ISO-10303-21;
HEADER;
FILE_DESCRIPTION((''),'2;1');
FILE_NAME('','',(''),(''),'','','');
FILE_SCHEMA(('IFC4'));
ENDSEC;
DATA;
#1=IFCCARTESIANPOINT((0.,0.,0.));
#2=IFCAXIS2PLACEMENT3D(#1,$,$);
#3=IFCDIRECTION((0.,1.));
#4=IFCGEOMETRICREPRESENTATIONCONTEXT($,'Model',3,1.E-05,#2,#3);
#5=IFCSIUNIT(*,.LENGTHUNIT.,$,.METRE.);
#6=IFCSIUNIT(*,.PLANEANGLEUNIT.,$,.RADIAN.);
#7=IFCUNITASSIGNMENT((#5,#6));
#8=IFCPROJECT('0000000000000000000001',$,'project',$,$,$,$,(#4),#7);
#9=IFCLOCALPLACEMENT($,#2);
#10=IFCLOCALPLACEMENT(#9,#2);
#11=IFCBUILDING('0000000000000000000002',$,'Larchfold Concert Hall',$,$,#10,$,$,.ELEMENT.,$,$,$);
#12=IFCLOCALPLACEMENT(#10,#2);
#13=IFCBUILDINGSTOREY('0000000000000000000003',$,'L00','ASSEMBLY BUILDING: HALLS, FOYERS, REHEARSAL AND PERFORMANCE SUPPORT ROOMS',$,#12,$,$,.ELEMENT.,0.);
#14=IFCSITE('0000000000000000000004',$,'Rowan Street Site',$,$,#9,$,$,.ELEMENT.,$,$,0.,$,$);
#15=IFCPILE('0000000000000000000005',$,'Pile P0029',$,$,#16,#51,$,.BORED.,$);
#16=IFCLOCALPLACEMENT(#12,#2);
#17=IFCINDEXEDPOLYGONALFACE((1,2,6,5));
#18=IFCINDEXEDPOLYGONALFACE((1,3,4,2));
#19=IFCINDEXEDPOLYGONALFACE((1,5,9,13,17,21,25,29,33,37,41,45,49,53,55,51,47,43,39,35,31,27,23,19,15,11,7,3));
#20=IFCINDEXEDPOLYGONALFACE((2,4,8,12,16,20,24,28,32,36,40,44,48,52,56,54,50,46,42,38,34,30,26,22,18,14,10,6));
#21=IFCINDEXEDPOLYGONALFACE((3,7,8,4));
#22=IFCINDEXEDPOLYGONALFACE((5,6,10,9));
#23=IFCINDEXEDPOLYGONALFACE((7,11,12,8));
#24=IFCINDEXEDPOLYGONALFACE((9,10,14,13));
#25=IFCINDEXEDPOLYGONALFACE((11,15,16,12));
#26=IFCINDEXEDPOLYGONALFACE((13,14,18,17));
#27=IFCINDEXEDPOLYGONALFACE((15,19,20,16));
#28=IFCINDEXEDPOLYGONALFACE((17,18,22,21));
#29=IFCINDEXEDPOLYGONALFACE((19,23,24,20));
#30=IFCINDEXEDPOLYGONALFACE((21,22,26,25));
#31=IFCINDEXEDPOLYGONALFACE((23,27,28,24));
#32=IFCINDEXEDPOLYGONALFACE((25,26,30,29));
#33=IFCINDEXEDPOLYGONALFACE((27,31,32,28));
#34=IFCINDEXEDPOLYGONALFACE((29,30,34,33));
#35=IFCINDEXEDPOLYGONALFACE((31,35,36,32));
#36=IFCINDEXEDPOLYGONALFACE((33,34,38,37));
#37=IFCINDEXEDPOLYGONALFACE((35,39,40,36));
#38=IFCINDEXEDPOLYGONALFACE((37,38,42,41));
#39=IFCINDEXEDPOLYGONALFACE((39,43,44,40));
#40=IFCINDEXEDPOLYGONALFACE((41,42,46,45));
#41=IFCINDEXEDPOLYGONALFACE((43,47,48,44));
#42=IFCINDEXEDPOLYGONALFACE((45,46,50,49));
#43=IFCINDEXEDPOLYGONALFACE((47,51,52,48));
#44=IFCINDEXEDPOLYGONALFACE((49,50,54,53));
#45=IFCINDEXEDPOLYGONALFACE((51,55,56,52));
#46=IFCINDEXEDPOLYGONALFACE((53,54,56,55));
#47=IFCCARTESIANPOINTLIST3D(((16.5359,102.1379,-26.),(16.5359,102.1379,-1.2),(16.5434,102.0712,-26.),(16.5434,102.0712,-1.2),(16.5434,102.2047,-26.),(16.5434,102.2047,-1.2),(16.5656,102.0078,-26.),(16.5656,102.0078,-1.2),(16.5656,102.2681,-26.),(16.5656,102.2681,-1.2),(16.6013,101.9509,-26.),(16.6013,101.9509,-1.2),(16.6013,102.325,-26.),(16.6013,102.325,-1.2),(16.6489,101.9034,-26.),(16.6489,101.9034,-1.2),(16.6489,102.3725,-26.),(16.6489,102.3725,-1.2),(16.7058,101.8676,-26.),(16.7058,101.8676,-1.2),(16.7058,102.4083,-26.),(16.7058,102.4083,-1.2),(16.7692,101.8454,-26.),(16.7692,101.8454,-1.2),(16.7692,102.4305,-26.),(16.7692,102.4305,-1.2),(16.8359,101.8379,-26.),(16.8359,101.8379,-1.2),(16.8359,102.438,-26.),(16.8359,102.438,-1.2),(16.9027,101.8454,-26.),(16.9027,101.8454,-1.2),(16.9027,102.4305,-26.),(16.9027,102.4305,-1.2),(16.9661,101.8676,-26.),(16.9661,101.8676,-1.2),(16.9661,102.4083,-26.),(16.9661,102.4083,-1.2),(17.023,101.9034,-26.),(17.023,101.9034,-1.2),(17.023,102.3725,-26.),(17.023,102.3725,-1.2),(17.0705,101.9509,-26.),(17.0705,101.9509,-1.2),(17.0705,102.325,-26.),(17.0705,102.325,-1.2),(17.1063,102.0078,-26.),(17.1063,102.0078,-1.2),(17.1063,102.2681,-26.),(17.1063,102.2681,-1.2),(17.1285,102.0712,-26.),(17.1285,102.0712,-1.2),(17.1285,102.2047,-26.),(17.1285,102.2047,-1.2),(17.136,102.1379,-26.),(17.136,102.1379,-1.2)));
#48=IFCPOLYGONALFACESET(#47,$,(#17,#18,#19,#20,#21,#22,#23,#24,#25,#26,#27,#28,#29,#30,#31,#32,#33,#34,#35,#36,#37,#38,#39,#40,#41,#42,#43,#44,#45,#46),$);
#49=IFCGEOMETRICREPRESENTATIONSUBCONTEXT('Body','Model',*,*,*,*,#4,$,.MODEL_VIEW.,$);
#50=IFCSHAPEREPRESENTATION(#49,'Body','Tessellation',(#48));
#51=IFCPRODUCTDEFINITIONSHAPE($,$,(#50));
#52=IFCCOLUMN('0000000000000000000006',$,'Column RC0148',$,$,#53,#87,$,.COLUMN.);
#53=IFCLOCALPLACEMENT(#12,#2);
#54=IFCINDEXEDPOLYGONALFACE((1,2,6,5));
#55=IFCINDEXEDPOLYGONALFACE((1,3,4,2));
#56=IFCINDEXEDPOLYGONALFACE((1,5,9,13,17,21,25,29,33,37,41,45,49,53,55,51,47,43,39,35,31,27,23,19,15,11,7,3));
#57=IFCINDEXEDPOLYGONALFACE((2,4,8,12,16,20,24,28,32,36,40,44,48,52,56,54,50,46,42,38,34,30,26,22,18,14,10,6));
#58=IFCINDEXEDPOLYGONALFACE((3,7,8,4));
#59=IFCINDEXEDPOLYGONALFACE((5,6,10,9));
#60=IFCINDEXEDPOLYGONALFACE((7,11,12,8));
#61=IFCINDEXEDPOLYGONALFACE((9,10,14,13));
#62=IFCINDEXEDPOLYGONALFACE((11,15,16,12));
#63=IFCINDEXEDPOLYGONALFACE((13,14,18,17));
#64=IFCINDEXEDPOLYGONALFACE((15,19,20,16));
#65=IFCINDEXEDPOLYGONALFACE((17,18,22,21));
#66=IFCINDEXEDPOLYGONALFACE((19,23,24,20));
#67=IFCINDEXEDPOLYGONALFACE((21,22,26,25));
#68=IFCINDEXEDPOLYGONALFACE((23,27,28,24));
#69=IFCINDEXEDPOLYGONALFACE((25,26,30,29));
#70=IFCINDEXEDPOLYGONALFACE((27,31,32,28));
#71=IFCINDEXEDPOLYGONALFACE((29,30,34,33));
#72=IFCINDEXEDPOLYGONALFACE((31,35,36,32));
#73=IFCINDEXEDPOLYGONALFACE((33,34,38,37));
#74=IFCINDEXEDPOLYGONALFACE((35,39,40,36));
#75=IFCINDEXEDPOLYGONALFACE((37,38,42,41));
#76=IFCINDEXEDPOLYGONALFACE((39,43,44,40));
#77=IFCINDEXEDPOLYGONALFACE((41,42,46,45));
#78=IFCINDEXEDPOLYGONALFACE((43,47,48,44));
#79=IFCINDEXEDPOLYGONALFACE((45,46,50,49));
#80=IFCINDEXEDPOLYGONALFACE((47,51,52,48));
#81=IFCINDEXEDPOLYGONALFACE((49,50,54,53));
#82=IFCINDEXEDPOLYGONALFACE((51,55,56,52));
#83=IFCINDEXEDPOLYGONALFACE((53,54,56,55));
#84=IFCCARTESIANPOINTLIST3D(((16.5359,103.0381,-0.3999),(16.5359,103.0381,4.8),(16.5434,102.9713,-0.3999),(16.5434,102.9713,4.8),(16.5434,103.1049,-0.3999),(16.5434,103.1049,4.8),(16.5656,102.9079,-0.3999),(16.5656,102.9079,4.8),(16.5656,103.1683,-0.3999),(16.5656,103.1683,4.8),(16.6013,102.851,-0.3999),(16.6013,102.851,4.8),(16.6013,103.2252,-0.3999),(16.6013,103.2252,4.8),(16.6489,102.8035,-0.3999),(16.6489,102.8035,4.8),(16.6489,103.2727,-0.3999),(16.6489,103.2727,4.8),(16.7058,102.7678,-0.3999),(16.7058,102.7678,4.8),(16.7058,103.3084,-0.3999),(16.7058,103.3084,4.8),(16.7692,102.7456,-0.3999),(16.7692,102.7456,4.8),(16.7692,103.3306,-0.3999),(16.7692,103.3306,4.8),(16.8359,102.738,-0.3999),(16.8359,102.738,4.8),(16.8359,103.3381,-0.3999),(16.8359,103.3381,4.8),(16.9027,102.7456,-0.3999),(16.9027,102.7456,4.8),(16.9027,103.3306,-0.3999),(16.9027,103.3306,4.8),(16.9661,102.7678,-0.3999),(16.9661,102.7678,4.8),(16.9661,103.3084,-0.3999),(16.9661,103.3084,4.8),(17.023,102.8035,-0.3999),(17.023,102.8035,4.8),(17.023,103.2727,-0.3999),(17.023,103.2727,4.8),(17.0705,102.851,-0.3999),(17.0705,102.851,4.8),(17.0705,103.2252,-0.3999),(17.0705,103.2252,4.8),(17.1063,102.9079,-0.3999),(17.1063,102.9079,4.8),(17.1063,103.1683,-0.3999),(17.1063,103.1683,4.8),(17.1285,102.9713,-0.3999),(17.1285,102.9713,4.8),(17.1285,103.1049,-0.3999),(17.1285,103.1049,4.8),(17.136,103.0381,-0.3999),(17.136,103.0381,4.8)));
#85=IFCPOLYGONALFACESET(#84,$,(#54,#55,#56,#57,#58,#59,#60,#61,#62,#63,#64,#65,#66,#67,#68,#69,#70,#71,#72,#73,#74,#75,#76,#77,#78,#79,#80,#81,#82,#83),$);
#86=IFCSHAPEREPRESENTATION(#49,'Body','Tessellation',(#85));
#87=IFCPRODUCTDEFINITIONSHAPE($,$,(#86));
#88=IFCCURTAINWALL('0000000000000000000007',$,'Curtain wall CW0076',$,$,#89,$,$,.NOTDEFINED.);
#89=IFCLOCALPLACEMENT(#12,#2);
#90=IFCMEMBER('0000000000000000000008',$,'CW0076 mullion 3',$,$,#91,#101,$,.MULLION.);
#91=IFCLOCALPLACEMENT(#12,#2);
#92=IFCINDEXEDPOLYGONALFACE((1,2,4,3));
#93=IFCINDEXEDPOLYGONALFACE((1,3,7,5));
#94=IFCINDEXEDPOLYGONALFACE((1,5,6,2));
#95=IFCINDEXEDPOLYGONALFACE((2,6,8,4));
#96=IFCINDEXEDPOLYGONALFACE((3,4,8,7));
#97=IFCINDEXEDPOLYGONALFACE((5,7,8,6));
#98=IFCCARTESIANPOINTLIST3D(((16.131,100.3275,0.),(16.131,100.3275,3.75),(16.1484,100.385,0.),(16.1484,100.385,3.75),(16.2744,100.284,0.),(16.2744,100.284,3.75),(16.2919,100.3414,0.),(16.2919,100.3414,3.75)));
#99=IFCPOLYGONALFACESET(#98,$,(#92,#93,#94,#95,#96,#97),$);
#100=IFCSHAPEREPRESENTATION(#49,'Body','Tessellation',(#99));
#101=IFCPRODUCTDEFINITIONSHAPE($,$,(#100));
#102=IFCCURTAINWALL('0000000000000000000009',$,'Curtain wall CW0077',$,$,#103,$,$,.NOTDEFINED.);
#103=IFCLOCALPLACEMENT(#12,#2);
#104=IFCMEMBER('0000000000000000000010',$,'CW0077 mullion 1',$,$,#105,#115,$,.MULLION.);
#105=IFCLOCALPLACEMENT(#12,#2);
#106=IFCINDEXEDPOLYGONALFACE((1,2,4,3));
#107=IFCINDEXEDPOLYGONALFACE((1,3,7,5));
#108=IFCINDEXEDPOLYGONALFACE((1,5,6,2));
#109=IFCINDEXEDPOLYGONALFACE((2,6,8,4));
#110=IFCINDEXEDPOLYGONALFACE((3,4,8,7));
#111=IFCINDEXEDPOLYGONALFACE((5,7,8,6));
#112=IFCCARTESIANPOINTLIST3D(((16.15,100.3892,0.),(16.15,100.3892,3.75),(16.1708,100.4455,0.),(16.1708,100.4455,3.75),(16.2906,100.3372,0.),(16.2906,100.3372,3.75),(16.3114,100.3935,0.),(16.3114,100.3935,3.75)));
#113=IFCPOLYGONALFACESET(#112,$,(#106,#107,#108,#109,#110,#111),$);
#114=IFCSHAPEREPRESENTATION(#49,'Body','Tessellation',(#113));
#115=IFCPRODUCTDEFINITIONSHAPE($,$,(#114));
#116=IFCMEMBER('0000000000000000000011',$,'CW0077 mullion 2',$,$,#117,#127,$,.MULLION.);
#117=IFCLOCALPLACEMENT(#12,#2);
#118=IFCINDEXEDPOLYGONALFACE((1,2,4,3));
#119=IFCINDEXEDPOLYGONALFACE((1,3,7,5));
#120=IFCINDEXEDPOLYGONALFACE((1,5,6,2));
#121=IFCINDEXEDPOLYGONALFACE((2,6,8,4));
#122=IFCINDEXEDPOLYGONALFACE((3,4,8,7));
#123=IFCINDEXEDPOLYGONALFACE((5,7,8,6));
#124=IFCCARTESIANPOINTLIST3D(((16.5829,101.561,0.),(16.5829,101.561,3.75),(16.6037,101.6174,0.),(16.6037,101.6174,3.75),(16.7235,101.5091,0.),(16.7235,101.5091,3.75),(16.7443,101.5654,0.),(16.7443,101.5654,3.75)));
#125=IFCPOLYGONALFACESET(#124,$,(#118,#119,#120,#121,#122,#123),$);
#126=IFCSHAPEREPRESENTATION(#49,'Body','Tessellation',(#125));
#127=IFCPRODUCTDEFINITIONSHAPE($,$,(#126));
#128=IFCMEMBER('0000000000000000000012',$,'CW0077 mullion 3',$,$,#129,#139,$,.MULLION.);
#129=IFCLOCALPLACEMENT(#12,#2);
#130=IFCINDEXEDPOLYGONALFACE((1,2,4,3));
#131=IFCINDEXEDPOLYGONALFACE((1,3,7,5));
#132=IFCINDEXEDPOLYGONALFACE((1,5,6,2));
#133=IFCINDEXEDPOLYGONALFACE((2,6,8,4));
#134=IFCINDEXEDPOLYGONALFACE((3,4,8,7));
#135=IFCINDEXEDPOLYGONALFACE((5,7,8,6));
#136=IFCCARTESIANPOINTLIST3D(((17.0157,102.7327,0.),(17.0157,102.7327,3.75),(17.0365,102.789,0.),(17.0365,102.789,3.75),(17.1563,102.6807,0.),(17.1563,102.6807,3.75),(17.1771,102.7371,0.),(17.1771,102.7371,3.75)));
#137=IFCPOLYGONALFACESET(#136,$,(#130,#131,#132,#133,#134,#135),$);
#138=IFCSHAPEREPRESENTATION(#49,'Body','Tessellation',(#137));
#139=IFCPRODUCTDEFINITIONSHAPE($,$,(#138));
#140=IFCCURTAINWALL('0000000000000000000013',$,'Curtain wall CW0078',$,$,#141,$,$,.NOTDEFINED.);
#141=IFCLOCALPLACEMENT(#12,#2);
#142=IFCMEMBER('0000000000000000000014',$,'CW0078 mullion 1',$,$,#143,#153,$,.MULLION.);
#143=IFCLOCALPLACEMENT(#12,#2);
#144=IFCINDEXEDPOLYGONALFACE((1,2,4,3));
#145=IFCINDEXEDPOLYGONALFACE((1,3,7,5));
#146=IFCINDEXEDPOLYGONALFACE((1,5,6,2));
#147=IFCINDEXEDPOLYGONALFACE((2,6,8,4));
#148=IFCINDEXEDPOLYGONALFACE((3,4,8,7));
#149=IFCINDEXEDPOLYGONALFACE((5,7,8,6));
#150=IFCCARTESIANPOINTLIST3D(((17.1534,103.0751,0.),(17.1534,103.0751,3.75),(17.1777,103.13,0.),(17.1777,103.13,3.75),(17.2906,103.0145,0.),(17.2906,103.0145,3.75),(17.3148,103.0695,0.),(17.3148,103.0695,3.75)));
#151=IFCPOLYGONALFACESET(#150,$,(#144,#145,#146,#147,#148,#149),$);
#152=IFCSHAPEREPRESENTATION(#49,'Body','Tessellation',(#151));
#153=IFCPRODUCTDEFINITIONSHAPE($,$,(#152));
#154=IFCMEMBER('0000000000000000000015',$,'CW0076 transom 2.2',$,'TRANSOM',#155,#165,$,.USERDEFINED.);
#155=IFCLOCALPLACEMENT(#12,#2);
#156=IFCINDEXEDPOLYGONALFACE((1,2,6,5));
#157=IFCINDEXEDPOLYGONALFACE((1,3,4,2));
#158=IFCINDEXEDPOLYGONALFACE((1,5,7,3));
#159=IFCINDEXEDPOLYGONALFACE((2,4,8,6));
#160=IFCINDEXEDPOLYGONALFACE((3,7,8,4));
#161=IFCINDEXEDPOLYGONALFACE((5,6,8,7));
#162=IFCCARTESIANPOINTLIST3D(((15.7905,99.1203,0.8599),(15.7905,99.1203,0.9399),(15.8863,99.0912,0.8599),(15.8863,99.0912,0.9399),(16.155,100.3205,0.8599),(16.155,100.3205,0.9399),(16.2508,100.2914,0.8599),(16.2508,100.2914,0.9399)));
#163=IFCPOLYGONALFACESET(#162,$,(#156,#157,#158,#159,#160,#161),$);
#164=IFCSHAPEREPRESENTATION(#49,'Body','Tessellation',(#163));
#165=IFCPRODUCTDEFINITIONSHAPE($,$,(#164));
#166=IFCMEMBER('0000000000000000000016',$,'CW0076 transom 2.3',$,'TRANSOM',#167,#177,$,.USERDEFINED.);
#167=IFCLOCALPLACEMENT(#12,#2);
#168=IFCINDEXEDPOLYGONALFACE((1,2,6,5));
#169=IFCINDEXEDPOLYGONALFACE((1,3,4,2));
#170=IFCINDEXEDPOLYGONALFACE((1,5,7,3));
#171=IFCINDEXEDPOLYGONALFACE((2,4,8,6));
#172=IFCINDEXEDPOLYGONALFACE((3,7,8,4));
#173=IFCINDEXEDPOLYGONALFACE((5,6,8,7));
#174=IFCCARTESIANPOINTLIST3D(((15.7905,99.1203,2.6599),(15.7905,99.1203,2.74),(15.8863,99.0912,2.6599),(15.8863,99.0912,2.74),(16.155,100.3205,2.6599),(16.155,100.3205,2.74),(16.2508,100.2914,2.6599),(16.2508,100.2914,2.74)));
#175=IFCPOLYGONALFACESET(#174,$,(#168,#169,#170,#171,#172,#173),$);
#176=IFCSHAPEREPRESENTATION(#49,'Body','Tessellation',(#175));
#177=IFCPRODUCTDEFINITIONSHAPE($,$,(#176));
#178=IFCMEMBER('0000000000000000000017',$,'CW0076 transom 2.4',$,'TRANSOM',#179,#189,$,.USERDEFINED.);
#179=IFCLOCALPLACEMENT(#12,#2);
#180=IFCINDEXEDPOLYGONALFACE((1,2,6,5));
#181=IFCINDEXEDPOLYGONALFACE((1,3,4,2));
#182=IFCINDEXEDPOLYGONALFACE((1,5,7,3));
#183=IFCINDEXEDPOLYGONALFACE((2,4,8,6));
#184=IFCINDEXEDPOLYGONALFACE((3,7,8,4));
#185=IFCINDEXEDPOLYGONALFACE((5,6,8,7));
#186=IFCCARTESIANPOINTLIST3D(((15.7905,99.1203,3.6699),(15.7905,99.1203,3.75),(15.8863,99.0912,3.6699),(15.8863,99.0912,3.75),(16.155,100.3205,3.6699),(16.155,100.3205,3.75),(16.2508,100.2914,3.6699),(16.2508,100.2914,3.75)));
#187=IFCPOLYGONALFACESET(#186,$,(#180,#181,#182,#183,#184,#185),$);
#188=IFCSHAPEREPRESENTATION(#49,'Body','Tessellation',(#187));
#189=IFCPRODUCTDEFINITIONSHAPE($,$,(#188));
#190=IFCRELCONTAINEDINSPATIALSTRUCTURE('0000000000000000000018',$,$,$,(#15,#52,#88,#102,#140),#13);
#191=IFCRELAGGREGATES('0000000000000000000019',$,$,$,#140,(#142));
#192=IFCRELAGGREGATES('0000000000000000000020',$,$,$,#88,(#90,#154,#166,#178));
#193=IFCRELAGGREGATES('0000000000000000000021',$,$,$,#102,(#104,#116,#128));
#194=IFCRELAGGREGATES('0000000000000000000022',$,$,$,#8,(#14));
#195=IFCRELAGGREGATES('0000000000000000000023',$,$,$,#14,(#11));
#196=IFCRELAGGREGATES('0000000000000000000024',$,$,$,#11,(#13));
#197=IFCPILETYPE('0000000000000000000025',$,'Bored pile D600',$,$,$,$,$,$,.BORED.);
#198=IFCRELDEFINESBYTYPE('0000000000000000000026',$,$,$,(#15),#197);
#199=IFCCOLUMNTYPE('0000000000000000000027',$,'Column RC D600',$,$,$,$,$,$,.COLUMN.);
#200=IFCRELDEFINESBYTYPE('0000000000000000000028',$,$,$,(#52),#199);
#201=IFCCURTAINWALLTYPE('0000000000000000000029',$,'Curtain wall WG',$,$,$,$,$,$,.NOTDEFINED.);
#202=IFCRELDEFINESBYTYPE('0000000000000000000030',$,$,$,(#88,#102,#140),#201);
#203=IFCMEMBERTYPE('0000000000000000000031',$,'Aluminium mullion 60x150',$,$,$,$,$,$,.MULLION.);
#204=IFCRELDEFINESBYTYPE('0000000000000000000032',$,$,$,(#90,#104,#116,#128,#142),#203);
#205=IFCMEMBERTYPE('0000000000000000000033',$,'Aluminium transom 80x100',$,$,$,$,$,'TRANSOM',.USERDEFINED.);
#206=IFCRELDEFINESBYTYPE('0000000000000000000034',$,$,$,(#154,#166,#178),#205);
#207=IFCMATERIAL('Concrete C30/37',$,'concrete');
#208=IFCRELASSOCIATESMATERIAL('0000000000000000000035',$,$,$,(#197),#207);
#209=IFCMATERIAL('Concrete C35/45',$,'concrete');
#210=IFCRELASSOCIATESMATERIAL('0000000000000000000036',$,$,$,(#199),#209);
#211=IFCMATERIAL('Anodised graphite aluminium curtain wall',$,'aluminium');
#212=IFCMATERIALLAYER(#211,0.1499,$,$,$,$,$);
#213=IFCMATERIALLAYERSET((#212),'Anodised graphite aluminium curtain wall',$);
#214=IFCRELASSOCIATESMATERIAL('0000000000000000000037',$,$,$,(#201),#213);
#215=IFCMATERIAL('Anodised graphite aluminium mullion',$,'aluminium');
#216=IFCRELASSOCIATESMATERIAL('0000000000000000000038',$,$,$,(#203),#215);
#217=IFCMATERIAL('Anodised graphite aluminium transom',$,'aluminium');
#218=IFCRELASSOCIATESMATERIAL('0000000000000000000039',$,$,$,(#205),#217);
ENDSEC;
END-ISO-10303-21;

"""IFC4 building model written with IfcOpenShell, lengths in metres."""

from ifc_helpers import new_model, si_unit, direction, frame, origin, origin_2d, place, context, subcontext, project, spatial, rectangle, circle, extrude, material, layer, layer_set, material_profile, profile_set, type_object, element, aggregate, save


model = new_model("IFC4")

# Units and contexts
model_context = context("Model", 3, precision=1e-05, world=origin(), true_north=direction((0.0, 1.0)))
body_context = subcontext(model_context, "Body", "Model", "MODEL_VIEW")
ifc_project = project(units=[si_unit("LENGTHUNIT", "METRE"), si_unit("PLANEANGLEUNIT", "RADIAN")], contexts=[model_context])

# Site, building, storey
site_placement = place(None, origin())
site = spatial("IfcSite", under=ifc_project, at=site_placement, Name="Rowan Street Site", CompositionType="ELEMENT", RefElevation=0.0)
building_placement = place(site_placement, origin())
building = spatial("IfcBuilding", under=site, at=building_placement, Name="Larchfold Concert Hall", CompositionType="ELEMENT")
storey_placement = place(building_placement, origin())
storey = spatial("IfcBuildingStorey", under=building, at=storey_placement, Name="L00", Description="ASSEMBLY BUILDING: HALLS, FOYERS, REHEARSAL AND PERFORMANCE SUPPORT ROOMS", CompositionType="ELEMENT", Elevation=0.0)

# Pile
ifc_material_1 = material(Name="Concrete C30/37", Category="concrete")
ifc_material_profile_1 = material_profile(ifc_material_1, circle(Radius=0.3, at=origin_2d()))
ifc_profile_set_1 = profile_set([ifc_material_profile_1], Name="Concrete C30/37")
pile_type = type_object("IfcPileType", Name="Bored pile D600", PredefinedType="BORED", material=ifc_profile_set_1)
pile_placement = place(storey_placement, frame((16.8359, 102.1379, -1.2), z_axis=(0.0, 0.0, -1.0), x_axis=(1.0, 0.0, 0.0)))
element("IfcPile", 1, at=pile_placement, inside=storey, type_object=pile_type, Name="Pile P0029", PredefinedType="BORED", context=body_context, shape_type="SweptSolid", body=[
    extrude(circle(Radius=0.3, at=origin_2d()), origin(), (0.0, 0.0, 1.0), 24.8),
])

# Column
ifc_material_2 = material(Name="Concrete C35/45", Category="concrete")
ifc_material_profile_2 = material_profile(ifc_material_2, circle(Radius=0.3, at=origin_2d()))
ifc_profile_set_2 = profile_set([ifc_material_profile_2], Name="Concrete C35/45")
column_type = type_object("IfcColumnType", Name="Column RC D600", PredefinedType="COLUMN", material=ifc_profile_set_2)
column_placement = place(storey_placement, frame((16.8359, 103.0381, -0.3999), z_axis=(0.0, 0.0, 1.0), x_axis=(1.0, 0.0, 0.0)))
element("IfcColumn", 2, at=column_placement, inside=storey, type_object=column_type, Name="Column RC0148", PredefinedType="COLUMN", context=body_context, shape_type="SweptSolid", body=[
    extrude(circle(Radius=0.3, at=origin_2d()), origin(), (0.0, 0.0, 1.0), 5.2),
])

# Curtain wall, member
ifc_material_3 = material(Name="Anodised graphite aluminium curtain wall", Category="aluminium")
ifc_layer_1 = layer(ifc_material_3, 0.1499)
ifc_layer_set_1 = layer_set([ifc_layer_1], Name="Anodised graphite aluminium curtain wall")
curtain_wall_type = type_object("IfcCurtainWallType", Name="Curtain wall WG", PredefinedType="NOTDEFINED", material=ifc_layer_set_1)
curtain_wall_1_placement = place(storey_placement, origin())
curtain_wall_1 = element("IfcCurtainWall", 3, at=curtain_wall_1_placement, inside=storey, type_object=curtain_wall_type, Name="Curtain wall CW0076", PredefinedType="NOTDEFINED")
ifc_material_4 = material(Name="Anodised graphite aluminium mullion", Category="aluminium")
ifc_material_profile_3 = material_profile(ifc_material_4, rectangle(XDim=0.1499, YDim=0.0601, at=origin_2d()))
ifc_profile_set_3 = profile_set([ifc_material_profile_3], Name="Anodised graphite aluminium mullion")
member_type_1 = type_object("IfcMemberType", Name="Aluminium mullion 60x150", PredefinedType="MULLION", material=ifc_profile_set_3)
member_1_placement = place(storey_placement, frame((16.2114, 100.3345, 0.0), z_axis=(0.0, 0.0, 1.0), x_axis=(-0.956856, 0.290562, 0.0)))
member_1 = element("IfcMember", 4, at=member_1_placement, type_object=member_type_1, Name="CW0076 mullion 3", PredefinedType="MULLION", context=body_context, shape_type="SweptSolid", body=[
    extrude(rectangle(XDim=0.1499, YDim=0.0601, at=origin_2d()), origin(), (0.0, 0.0, 1.0), 3.75),
])

# Curtain wall, members
curtain_wall_2_placement = place(storey_placement, origin())
curtain_wall_2 = element("IfcCurtainWall", 5, at=curtain_wall_2_placement, inside=storey, type_object=curtain_wall_type, Name="Curtain wall CW0077", PredefinedType="NOTDEFINED")
member_2_placement = place(storey_placement, frame((16.2307, 100.3914, 0.0), z_axis=(0.0, 0.0, 1.0), x_axis=(-0.938009, 0.346612, 0.0)))
member_2 = element("IfcMember", 6, at=member_2_placement, type_object=member_type_1, Name="CW0077 mullion 1", PredefinedType="MULLION", context=body_context, shape_type="SweptSolid", body=[
    extrude(rectangle(XDim=0.1499, YDim=0.0601, at=origin_2d()), origin(), (0.0, 0.0, 1.0), 3.75),
])
member_3_placement = place(storey_placement, frame((16.6636, 101.5632, 0.0), z_axis=(0.0, 0.0, 1.0), x_axis=(-0.938009, 0.346612, 0.0)))
member_3 = element("IfcMember", 7, at=member_3_placement, type_object=member_type_1, Name="CW0077 mullion 2", PredefinedType="MULLION", context=body_context, shape_type="SweptSolid", body=[
    extrude(rectangle(XDim=0.1499, YDim=0.0601, at=origin_2d()), origin(), (0.0, 0.0, 1.0), 3.75),
])
member_4_placement = place(storey_placement, frame((17.0964, 102.7349, 0.0), z_axis=(0.0, 0.0, 1.0), x_axis=(-0.938009, 0.346612, 0.0)))
member_4 = element("IfcMember", 8, at=member_4_placement, type_object=member_type_1, Name="CW0077 mullion 3", PredefinedType="MULLION", context=body_context, shape_type="SweptSolid", body=[
    extrude(rectangle(XDim=0.1499, YDim=0.0601, at=origin_2d()), origin(), (0.0, 0.0, 1.0), 3.75),
])

# Curtain wall, member
curtain_wall_3_placement = place(storey_placement, origin())
curtain_wall_3 = element("IfcCurtainWall", 9, at=curtain_wall_3_placement, inside=storey, type_object=curtain_wall_type, Name="Curtain wall CW0078", PredefinedType="NOTDEFINED")
member_5_placement = place(storey_placement, frame((17.2341, 103.0723, 0.0), z_axis=(0.0, 0.0, 1.0), x_axis=(-0.914744, 0.404034, 0.0)))
member_5 = element("IfcMember", 10, at=member_5_placement, type_object=member_type_1, Name="CW0078 mullion 1", PredefinedType="MULLION", context=body_context, shape_type="SweptSolid", body=[
    extrude(rectangle(XDim=0.1499, YDim=0.0601, at=origin_2d()), origin(), (0.0, 0.0, 1.0), 3.75),
])

# Members
ifc_material_5 = material(Name="Anodised graphite aluminium transom", Category="aluminium")
ifc_material_profile_4 = material_profile(ifc_material_5, rectangle(XDim=0.1001, YDim=0.0801, at=origin_2d()))
ifc_profile_set_4 = profile_set([ifc_material_profile_4], Name="Anodised graphite aluminium transom")
member_type_2 = type_object("IfcMemberType", Name="Aluminium transom 80x100", ElementType="TRANSOM", PredefinedType="USERDEFINED", material=ifc_profile_set_4)
member_6_placement = place(storey_placement, frame((15.8384, 99.1057, 0.8999), z_axis=(0.290596, 0.956846, 0.0), x_axis=(-0.956846, 0.290596, 0.0)))
member_6 = element("IfcMember", 11, at=member_6_placement, type_object=member_type_2, Name="CW0076 transom 2.2", ObjectType="TRANSOM", PredefinedType="USERDEFINED", context=body_context, shape_type="SweptSolid", body=[
    extrude(rectangle(XDim=0.1001, YDim=0.0801, at=origin_2d()), origin(), (0.0, 0.0, 1.0), 1.2544),
])
member_7_placement = place(storey_placement, frame((15.8384, 99.1057, 2.7), z_axis=(0.290596, 0.956846, 0.0), x_axis=(-0.956846, 0.290596, 0.0)))
member_7 = element("IfcMember", 12, at=member_7_placement, type_object=member_type_2, Name="CW0076 transom 2.3", ObjectType="TRANSOM", PredefinedType="USERDEFINED", context=body_context, shape_type="SweptSolid", body=[
    extrude(rectangle(XDim=0.1001, YDim=0.0801, at=origin_2d()), origin(), (0.0, 0.0, 1.0), 1.2544),
])
member_8_placement = place(storey_placement, frame((15.8384, 99.1057, 3.71), z_axis=(0.290596, 0.956846, 0.0), x_axis=(-0.956846, 0.290596, 0.0)))
member_8 = element("IfcMember", 13, at=member_8_placement, type_object=member_type_2, Name="CW0076 transom 2.4", ObjectType="TRANSOM", PredefinedType="USERDEFINED", context=body_context, shape_type="SweptSolid", body=[
    extrude(rectangle(XDim=0.1001, YDim=0.0801, at=origin_2d()), origin(), (0.0, 0.0, 1.0), 1.2544),
])
aggregate(curtain_wall_3, [member_5])

aggregate(curtain_wall_1, [member_1, member_6, member_7, member_8])
aggregate(curtain_wall_2, [member_2, member_3, member_4])

save(model, "model.ifc")
